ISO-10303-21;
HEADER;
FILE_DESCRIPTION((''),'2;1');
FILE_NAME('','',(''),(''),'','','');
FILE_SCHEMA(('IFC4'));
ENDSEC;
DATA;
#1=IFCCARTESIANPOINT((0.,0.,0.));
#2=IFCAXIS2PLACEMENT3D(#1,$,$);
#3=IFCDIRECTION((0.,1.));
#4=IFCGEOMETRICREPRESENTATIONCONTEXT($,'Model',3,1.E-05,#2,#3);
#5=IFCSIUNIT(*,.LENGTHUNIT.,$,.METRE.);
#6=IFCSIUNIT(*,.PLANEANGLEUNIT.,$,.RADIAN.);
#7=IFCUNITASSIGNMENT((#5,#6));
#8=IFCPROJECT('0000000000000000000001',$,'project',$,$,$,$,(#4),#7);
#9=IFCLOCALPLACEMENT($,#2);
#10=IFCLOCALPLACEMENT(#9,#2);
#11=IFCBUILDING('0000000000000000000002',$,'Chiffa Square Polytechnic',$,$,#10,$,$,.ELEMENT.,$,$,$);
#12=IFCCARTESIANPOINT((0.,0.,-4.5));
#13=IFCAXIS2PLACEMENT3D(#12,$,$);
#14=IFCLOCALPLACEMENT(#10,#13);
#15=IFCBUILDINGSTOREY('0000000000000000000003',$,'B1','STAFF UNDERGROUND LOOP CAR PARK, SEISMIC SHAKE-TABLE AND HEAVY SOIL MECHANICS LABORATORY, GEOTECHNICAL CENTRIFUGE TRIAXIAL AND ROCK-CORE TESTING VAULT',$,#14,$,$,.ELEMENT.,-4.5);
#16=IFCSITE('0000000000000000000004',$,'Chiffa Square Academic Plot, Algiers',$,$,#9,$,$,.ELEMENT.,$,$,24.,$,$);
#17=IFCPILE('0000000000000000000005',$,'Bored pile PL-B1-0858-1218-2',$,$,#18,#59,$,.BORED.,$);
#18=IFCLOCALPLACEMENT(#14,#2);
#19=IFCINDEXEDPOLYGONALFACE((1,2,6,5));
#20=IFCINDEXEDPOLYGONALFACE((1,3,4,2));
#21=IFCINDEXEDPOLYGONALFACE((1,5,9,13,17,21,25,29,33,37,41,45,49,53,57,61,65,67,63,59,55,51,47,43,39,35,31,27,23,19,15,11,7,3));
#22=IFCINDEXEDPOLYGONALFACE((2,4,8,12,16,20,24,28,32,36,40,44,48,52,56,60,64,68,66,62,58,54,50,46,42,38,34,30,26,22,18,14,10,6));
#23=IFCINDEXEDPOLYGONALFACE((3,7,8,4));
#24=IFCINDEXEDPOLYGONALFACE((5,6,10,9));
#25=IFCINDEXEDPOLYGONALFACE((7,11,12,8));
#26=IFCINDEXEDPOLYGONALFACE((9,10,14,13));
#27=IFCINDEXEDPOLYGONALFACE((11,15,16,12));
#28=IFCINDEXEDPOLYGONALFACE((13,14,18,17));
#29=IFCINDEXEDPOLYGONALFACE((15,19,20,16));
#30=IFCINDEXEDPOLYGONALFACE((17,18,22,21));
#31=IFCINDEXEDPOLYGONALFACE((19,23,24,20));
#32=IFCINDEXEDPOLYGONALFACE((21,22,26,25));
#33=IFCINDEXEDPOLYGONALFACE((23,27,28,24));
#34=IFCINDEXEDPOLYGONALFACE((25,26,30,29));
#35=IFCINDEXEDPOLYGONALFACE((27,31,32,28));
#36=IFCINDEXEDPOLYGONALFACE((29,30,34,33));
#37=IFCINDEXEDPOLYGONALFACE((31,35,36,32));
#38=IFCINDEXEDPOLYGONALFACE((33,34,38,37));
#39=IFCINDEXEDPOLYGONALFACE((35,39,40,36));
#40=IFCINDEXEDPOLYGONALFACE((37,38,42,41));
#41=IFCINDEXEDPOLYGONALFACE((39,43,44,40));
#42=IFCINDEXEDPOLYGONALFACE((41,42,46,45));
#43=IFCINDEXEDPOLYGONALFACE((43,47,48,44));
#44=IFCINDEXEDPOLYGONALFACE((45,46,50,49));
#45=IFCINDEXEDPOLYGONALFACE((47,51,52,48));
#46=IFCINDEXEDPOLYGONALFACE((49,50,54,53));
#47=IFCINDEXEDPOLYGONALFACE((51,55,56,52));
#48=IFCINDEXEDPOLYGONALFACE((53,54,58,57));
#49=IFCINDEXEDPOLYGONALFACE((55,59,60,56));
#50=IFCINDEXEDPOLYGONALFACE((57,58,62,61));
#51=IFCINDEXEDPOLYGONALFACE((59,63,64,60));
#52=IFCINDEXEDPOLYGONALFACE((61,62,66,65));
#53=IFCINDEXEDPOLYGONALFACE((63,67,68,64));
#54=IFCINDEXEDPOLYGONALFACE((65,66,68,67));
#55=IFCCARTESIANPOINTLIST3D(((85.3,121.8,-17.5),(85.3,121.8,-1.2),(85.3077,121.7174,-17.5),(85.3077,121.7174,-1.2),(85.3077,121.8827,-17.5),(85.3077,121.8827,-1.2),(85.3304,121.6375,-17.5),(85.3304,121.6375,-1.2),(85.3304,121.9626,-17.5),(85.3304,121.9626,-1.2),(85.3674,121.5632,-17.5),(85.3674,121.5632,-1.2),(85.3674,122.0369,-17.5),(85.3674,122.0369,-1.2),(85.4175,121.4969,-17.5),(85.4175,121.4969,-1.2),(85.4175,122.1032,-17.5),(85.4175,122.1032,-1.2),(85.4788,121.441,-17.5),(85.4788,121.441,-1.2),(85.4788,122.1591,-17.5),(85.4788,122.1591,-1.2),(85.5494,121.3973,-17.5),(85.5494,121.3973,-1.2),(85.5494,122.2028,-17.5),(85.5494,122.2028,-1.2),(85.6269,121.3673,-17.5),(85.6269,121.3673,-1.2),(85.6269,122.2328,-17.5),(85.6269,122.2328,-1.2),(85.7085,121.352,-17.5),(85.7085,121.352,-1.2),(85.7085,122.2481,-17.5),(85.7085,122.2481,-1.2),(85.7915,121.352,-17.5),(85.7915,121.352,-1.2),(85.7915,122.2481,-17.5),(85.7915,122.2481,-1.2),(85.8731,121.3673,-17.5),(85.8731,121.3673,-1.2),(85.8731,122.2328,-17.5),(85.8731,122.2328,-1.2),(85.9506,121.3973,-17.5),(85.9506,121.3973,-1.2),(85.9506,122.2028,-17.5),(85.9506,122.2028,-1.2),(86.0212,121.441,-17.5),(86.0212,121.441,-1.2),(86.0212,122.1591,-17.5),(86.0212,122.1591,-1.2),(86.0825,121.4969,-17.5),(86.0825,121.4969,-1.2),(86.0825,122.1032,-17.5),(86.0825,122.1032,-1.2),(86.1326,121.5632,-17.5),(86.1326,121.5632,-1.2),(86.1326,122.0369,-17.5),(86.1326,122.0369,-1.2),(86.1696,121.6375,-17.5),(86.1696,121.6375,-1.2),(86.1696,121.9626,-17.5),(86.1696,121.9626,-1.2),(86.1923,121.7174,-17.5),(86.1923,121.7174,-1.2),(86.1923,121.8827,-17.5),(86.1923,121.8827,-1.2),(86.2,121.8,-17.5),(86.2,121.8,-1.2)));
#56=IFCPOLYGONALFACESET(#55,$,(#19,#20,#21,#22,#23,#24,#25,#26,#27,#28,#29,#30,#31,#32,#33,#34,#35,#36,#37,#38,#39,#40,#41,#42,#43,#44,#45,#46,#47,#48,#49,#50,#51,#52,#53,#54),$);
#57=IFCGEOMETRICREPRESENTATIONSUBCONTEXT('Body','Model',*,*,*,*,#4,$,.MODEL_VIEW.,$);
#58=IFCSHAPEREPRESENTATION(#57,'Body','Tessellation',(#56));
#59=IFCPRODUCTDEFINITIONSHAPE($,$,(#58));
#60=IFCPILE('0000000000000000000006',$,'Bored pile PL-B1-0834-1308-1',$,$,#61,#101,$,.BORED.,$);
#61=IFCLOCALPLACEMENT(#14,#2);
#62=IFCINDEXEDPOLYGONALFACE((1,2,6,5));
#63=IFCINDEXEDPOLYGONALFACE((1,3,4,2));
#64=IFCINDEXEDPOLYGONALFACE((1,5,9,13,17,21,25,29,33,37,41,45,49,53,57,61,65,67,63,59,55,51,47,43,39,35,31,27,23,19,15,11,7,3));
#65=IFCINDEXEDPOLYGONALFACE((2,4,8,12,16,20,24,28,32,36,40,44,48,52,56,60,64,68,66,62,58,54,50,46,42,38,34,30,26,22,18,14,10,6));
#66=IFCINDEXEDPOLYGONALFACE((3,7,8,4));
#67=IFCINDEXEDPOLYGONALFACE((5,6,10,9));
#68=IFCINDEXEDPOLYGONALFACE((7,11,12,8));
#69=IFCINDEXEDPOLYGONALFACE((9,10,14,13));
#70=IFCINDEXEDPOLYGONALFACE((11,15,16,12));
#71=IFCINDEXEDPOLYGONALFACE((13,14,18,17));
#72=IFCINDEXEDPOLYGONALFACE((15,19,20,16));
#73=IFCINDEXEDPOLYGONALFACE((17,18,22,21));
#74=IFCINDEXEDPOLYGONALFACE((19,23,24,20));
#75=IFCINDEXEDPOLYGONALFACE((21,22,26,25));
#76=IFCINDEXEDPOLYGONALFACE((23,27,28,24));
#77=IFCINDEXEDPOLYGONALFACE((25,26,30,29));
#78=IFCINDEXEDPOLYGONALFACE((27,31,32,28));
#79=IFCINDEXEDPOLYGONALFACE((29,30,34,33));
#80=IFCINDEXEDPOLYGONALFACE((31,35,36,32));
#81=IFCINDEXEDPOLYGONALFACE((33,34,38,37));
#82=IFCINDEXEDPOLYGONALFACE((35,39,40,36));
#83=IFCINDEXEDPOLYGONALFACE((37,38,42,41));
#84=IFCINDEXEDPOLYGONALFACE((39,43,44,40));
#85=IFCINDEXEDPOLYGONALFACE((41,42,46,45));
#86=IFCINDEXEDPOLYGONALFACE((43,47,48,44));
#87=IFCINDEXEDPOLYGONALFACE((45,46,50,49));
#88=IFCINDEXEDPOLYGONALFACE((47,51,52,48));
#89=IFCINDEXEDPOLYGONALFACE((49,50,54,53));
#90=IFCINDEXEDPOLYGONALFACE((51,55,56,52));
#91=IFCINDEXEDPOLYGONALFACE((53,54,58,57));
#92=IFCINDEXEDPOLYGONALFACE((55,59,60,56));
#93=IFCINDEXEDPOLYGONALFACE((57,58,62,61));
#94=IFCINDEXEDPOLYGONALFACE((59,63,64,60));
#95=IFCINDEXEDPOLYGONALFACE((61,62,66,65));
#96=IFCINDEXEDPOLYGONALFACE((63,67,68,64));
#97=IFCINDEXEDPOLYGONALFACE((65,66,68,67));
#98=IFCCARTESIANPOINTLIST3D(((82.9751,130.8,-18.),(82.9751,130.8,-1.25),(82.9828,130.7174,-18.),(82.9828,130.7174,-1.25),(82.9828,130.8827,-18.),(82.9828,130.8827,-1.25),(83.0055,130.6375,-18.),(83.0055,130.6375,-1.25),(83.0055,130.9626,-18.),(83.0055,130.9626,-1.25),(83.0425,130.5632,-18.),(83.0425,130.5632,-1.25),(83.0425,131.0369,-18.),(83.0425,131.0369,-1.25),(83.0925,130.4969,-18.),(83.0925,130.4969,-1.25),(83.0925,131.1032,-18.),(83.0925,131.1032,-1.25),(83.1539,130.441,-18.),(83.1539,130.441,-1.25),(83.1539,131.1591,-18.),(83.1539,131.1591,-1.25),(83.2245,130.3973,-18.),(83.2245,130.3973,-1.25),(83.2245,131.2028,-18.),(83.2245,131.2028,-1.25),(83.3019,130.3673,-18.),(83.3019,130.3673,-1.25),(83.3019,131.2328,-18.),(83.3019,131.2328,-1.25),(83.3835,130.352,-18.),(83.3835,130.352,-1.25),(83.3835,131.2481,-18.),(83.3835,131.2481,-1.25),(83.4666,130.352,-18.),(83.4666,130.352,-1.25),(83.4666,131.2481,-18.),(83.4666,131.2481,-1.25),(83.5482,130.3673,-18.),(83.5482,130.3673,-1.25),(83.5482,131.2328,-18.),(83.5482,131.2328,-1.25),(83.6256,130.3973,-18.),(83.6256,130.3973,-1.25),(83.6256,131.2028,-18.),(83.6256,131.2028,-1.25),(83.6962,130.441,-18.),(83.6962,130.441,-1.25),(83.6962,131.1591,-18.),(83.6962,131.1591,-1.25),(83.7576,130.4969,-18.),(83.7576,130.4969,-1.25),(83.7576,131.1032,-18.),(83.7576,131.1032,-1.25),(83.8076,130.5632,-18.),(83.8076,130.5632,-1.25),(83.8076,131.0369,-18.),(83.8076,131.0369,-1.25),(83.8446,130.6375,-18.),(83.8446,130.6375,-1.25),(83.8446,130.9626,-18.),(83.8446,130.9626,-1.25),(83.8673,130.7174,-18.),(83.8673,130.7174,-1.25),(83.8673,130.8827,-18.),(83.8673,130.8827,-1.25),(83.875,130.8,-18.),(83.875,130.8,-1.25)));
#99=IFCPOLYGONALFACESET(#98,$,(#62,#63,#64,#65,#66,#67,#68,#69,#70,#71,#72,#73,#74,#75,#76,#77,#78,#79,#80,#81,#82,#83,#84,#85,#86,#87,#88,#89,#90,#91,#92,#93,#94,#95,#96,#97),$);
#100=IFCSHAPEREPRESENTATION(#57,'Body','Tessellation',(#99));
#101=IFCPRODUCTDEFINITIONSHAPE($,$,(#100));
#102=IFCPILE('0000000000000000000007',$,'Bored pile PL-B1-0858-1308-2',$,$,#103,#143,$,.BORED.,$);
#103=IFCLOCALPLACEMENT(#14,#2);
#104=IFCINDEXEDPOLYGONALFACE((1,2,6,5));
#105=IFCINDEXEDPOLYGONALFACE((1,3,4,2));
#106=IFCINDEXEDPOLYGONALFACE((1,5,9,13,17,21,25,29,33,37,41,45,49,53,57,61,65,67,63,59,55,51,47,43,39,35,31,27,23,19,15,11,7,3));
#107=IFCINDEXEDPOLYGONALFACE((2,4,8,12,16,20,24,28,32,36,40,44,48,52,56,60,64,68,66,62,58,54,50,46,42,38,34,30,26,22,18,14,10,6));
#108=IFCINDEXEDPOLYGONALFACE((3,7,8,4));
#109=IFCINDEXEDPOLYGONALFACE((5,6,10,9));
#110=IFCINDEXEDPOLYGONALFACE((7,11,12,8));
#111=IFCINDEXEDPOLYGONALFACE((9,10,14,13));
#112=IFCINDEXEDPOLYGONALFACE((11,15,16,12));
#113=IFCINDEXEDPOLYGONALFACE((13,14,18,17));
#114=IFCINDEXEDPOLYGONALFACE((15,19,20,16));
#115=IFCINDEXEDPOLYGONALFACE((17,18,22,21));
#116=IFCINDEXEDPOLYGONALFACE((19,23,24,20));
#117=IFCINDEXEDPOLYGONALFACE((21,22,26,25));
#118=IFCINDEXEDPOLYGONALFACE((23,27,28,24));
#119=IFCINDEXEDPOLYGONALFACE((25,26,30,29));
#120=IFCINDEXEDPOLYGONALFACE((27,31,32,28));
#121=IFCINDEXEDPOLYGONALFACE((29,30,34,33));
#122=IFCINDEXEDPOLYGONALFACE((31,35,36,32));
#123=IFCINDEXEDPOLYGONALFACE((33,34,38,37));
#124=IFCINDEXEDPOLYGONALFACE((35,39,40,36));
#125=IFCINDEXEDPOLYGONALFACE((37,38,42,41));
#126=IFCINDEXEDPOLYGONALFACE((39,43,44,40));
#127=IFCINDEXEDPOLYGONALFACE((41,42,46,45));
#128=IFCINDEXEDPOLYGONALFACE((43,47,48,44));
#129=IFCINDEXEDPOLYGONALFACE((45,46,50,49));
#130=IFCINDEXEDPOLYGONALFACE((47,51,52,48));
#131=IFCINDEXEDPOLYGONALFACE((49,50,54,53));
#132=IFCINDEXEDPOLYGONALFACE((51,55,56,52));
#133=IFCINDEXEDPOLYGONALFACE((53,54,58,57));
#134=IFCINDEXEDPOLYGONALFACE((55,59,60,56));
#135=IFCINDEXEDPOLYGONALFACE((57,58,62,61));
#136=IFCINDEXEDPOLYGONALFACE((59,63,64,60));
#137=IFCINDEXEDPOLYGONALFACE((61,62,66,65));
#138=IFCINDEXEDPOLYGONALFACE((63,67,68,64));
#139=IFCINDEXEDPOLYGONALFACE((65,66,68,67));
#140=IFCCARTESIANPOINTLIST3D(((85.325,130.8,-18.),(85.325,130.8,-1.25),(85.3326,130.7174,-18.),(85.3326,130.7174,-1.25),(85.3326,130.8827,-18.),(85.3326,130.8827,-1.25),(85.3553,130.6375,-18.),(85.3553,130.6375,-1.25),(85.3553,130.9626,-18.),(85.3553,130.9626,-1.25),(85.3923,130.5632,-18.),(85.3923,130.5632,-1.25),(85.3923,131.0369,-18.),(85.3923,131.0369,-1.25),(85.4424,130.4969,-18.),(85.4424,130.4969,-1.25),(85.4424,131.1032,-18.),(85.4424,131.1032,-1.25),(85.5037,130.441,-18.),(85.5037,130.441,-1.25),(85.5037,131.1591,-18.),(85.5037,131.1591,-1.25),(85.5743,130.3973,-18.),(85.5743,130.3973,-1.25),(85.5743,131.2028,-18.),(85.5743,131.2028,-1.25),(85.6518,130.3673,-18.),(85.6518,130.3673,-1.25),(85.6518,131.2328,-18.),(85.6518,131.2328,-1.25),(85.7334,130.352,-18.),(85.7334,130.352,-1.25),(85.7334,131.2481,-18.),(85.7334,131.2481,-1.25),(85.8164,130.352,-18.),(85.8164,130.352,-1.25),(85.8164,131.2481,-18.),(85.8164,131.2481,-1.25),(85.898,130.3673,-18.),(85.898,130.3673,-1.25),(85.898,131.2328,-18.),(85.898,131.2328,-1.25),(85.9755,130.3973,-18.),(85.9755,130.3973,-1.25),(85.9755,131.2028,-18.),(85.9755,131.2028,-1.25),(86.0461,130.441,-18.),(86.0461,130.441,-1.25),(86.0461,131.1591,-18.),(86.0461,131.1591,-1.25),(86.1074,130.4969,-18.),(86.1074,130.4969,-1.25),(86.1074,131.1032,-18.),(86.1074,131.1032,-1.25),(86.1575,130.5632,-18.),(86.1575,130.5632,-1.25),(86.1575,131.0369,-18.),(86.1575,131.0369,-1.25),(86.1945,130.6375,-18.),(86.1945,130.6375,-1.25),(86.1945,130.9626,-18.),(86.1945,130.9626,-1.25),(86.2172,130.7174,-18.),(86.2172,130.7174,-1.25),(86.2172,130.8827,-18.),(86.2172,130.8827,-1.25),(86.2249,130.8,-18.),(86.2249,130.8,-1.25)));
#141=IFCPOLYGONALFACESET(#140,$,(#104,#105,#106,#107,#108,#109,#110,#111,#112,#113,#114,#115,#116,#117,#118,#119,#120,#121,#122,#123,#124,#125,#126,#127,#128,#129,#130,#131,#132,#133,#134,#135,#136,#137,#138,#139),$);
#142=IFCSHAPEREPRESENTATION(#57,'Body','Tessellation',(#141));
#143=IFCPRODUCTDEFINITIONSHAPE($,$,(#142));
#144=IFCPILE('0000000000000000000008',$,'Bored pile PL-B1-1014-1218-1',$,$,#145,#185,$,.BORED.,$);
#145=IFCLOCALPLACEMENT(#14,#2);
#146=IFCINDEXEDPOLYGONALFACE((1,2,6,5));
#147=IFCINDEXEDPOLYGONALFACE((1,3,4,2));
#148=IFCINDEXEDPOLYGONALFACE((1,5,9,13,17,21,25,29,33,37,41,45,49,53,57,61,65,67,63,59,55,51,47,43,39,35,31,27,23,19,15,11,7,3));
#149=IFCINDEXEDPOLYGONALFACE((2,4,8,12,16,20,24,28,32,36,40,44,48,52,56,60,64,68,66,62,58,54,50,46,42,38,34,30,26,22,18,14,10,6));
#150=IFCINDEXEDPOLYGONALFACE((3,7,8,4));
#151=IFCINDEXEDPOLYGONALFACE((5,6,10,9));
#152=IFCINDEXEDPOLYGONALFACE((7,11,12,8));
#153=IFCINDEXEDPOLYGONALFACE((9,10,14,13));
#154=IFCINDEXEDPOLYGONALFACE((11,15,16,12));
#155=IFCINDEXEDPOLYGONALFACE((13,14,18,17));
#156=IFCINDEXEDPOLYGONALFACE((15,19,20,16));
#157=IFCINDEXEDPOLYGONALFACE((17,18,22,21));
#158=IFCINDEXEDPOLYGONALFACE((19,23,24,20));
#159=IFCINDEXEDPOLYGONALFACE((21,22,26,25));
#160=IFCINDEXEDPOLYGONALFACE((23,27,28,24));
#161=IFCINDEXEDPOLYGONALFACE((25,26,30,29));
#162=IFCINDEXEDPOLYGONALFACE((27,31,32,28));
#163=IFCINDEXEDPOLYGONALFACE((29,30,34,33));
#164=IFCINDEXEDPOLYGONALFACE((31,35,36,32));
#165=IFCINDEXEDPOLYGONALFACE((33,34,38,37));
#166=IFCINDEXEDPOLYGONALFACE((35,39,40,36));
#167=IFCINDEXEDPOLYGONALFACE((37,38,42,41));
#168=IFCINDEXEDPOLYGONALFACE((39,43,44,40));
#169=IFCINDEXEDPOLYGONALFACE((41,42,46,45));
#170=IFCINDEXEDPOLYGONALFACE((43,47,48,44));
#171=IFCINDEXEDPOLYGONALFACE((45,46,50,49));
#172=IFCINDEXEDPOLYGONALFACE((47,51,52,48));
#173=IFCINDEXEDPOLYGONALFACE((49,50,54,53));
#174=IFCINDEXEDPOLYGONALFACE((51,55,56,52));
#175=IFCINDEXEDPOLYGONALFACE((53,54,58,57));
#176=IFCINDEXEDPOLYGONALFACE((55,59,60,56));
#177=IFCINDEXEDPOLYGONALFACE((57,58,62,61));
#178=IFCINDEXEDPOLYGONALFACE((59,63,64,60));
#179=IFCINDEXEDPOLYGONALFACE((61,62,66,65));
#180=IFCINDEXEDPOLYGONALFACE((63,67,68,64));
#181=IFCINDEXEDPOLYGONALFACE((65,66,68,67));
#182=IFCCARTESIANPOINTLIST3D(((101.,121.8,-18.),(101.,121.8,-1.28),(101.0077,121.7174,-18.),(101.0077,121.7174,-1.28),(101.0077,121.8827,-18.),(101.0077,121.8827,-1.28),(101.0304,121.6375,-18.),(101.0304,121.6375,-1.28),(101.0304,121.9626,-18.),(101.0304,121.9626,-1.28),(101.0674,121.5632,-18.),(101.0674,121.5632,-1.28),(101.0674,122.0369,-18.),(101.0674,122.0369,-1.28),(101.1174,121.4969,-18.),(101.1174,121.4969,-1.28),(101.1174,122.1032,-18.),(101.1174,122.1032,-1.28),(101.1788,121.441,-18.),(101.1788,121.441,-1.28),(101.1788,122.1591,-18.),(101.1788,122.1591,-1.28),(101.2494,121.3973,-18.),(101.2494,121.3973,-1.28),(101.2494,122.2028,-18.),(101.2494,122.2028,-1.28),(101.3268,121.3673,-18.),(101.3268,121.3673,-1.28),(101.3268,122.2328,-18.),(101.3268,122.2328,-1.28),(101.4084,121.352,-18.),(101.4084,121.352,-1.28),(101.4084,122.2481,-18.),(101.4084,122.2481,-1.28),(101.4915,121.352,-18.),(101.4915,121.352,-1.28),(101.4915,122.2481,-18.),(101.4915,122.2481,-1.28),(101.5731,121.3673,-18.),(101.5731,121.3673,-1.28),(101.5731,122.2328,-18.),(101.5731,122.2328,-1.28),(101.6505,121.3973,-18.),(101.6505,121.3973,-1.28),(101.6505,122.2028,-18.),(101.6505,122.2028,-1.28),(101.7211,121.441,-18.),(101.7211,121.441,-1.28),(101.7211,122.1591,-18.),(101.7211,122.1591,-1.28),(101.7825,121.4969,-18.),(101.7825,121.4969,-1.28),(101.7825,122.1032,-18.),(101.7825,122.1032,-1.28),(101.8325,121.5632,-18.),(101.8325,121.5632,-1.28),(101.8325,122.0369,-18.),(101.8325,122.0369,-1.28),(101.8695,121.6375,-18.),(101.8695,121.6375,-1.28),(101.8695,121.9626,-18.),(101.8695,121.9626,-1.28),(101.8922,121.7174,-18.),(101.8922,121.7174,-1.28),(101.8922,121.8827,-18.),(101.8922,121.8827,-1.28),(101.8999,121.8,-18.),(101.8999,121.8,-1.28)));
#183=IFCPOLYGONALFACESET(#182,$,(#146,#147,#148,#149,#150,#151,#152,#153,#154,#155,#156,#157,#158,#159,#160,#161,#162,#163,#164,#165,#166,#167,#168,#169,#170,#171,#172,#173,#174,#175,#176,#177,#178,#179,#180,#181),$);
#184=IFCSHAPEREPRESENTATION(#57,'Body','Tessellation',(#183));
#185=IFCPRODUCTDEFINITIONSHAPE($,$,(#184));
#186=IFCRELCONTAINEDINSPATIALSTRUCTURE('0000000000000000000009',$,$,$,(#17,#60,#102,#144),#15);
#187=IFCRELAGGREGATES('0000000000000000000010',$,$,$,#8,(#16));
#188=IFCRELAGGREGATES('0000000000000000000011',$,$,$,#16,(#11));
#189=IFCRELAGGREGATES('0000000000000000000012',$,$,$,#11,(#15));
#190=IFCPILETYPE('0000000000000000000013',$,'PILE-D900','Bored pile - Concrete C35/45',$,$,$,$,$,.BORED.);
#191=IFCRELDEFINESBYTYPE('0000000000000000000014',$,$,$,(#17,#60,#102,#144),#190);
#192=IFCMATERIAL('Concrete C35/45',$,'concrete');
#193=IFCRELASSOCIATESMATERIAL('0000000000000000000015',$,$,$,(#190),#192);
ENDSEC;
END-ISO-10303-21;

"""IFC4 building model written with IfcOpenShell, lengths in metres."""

from ifc_helpers import new_model, si_unit, direction, frame, origin, origin_2d, place, context, subcontext, project, spatial, circle, extrude, material, material_profile, profile_set, type_object, element, save


model = new_model("IFC4")

# Units and contexts
model_context = context("Model", 3, precision=1e-05, world=origin(), true_north=direction((0.0, 1.0)))
body_context = subcontext(model_context, "Body", "Model", "MODEL_VIEW")
ifc_project = project(units=[si_unit("LENGTHUNIT", "METRE"), si_unit("PLANEANGLEUNIT", "RADIAN")], contexts=[model_context])

# Site, building, storey
site_placement = place(None, origin())
site = spatial("IfcSite", under=ifc_project, at=site_placement, Name="Chiffa Square Academic Plot, Algiers", CompositionType="ELEMENT", RefElevation=24.0)
building_placement = place(site_placement, origin())
building = spatial("IfcBuilding", under=site, at=building_placement, Name="Chiffa Square Polytechnic", CompositionType="ELEMENT")
storey_placement = place(building_placement, frame((0.0, 0.0, -4.5)))
storey = spatial("IfcBuildingStorey", under=building, at=storey_placement, Name="B1", Description="STAFF UNDERGROUND LOOP CAR PARK, SEISMIC SHAKE-TABLE AND HEAVY SOIL MECHANICS LABORATORY, GEOTECHNICAL CENTRIFUGE TRIAXIAL AND ROCK-CORE TESTING VAULT", CompositionType="ELEMENT", Elevation=-4.5)

# Shared definitions
ifc_material_1 = material(Name="Concrete C35/45", Category="concrete")

# Piles
ifc_material_profile_1 = material_profile(ifc_material_1, circle(Radius=0.45, at=origin_2d()), Name="PILE D900")
ifc_profile_set_1 = profile_set([ifc_material_profile_1], Name="Concrete C35/45")
pile_type_1 = type_object("IfcPileType", Name="PILE-D900", Description="Bored pile - Concrete C35/45", PredefinedType="BORED", material=ifc_profile_set_1)
for number, where, z_axis, x_axis, name in (
    (1, (85.75, 121.8, -1.2), (0.0, 0.0, -1.0), (1.0, 0.0, 0.0), "Bored pile PL-B1-0858-1218-2"),
):
    element("IfcPile", number, at=place(storey_placement, frame(where, z_axis=z_axis, x_axis=x_axis)), inside=storey, type_object=pile_type_1, Name=name, PredefinedType="BORED", context=body_context, shape_type="SweptSolid", body=[
        extrude(circle(Radius=0.45, at=origin_2d()), origin(), (0.0, 0.0, 1.0), 16.3),
    ])
for number, where, z_axis, x_axis, name in (
    (2, (83.425, 130.8, -1.25), (0.0, 0.0, -1.0), (1.0, 0.0, 0.0), "Bored pile PL-B1-0834-1308-1"),
    (3, (85.7749, 130.8, -1.25), (0.0, 0.0, -1.0), (1.0, 0.0, 0.0), "Bored pile PL-B1-0858-1308-2"),
):
    element("IfcPile", number, at=place(storey_placement, frame(where, z_axis=z_axis, x_axis=x_axis)), inside=storey, type_object=pile_type_1, Name=name, PredefinedType="BORED", context=body_context, shape_type="SweptSolid", body=[
        extrude(circle(Radius=0.45, at=origin_2d()), origin(), (0.0, 0.0, 1.0), 16.75),
    ])
pile_1_placement = place(storey_placement, frame((101.45, 121.8, -1.28), z_axis=(0.0, 0.0, -1.0), x_axis=(1.0, 0.0, 0.0)))
element("IfcPile", 4, at=pile_1_placement, inside=storey, type_object=pile_type_1, Name="Bored pile PL-B1-1014-1218-1", PredefinedType="BORED", context=body_context, shape_type="SweptSolid", body=[
    extrude(circle(Radius=0.45, at=origin_2d()), origin(), (0.0, 0.0, 1.0), 16.72),
])

save(model, "model.ifc")
